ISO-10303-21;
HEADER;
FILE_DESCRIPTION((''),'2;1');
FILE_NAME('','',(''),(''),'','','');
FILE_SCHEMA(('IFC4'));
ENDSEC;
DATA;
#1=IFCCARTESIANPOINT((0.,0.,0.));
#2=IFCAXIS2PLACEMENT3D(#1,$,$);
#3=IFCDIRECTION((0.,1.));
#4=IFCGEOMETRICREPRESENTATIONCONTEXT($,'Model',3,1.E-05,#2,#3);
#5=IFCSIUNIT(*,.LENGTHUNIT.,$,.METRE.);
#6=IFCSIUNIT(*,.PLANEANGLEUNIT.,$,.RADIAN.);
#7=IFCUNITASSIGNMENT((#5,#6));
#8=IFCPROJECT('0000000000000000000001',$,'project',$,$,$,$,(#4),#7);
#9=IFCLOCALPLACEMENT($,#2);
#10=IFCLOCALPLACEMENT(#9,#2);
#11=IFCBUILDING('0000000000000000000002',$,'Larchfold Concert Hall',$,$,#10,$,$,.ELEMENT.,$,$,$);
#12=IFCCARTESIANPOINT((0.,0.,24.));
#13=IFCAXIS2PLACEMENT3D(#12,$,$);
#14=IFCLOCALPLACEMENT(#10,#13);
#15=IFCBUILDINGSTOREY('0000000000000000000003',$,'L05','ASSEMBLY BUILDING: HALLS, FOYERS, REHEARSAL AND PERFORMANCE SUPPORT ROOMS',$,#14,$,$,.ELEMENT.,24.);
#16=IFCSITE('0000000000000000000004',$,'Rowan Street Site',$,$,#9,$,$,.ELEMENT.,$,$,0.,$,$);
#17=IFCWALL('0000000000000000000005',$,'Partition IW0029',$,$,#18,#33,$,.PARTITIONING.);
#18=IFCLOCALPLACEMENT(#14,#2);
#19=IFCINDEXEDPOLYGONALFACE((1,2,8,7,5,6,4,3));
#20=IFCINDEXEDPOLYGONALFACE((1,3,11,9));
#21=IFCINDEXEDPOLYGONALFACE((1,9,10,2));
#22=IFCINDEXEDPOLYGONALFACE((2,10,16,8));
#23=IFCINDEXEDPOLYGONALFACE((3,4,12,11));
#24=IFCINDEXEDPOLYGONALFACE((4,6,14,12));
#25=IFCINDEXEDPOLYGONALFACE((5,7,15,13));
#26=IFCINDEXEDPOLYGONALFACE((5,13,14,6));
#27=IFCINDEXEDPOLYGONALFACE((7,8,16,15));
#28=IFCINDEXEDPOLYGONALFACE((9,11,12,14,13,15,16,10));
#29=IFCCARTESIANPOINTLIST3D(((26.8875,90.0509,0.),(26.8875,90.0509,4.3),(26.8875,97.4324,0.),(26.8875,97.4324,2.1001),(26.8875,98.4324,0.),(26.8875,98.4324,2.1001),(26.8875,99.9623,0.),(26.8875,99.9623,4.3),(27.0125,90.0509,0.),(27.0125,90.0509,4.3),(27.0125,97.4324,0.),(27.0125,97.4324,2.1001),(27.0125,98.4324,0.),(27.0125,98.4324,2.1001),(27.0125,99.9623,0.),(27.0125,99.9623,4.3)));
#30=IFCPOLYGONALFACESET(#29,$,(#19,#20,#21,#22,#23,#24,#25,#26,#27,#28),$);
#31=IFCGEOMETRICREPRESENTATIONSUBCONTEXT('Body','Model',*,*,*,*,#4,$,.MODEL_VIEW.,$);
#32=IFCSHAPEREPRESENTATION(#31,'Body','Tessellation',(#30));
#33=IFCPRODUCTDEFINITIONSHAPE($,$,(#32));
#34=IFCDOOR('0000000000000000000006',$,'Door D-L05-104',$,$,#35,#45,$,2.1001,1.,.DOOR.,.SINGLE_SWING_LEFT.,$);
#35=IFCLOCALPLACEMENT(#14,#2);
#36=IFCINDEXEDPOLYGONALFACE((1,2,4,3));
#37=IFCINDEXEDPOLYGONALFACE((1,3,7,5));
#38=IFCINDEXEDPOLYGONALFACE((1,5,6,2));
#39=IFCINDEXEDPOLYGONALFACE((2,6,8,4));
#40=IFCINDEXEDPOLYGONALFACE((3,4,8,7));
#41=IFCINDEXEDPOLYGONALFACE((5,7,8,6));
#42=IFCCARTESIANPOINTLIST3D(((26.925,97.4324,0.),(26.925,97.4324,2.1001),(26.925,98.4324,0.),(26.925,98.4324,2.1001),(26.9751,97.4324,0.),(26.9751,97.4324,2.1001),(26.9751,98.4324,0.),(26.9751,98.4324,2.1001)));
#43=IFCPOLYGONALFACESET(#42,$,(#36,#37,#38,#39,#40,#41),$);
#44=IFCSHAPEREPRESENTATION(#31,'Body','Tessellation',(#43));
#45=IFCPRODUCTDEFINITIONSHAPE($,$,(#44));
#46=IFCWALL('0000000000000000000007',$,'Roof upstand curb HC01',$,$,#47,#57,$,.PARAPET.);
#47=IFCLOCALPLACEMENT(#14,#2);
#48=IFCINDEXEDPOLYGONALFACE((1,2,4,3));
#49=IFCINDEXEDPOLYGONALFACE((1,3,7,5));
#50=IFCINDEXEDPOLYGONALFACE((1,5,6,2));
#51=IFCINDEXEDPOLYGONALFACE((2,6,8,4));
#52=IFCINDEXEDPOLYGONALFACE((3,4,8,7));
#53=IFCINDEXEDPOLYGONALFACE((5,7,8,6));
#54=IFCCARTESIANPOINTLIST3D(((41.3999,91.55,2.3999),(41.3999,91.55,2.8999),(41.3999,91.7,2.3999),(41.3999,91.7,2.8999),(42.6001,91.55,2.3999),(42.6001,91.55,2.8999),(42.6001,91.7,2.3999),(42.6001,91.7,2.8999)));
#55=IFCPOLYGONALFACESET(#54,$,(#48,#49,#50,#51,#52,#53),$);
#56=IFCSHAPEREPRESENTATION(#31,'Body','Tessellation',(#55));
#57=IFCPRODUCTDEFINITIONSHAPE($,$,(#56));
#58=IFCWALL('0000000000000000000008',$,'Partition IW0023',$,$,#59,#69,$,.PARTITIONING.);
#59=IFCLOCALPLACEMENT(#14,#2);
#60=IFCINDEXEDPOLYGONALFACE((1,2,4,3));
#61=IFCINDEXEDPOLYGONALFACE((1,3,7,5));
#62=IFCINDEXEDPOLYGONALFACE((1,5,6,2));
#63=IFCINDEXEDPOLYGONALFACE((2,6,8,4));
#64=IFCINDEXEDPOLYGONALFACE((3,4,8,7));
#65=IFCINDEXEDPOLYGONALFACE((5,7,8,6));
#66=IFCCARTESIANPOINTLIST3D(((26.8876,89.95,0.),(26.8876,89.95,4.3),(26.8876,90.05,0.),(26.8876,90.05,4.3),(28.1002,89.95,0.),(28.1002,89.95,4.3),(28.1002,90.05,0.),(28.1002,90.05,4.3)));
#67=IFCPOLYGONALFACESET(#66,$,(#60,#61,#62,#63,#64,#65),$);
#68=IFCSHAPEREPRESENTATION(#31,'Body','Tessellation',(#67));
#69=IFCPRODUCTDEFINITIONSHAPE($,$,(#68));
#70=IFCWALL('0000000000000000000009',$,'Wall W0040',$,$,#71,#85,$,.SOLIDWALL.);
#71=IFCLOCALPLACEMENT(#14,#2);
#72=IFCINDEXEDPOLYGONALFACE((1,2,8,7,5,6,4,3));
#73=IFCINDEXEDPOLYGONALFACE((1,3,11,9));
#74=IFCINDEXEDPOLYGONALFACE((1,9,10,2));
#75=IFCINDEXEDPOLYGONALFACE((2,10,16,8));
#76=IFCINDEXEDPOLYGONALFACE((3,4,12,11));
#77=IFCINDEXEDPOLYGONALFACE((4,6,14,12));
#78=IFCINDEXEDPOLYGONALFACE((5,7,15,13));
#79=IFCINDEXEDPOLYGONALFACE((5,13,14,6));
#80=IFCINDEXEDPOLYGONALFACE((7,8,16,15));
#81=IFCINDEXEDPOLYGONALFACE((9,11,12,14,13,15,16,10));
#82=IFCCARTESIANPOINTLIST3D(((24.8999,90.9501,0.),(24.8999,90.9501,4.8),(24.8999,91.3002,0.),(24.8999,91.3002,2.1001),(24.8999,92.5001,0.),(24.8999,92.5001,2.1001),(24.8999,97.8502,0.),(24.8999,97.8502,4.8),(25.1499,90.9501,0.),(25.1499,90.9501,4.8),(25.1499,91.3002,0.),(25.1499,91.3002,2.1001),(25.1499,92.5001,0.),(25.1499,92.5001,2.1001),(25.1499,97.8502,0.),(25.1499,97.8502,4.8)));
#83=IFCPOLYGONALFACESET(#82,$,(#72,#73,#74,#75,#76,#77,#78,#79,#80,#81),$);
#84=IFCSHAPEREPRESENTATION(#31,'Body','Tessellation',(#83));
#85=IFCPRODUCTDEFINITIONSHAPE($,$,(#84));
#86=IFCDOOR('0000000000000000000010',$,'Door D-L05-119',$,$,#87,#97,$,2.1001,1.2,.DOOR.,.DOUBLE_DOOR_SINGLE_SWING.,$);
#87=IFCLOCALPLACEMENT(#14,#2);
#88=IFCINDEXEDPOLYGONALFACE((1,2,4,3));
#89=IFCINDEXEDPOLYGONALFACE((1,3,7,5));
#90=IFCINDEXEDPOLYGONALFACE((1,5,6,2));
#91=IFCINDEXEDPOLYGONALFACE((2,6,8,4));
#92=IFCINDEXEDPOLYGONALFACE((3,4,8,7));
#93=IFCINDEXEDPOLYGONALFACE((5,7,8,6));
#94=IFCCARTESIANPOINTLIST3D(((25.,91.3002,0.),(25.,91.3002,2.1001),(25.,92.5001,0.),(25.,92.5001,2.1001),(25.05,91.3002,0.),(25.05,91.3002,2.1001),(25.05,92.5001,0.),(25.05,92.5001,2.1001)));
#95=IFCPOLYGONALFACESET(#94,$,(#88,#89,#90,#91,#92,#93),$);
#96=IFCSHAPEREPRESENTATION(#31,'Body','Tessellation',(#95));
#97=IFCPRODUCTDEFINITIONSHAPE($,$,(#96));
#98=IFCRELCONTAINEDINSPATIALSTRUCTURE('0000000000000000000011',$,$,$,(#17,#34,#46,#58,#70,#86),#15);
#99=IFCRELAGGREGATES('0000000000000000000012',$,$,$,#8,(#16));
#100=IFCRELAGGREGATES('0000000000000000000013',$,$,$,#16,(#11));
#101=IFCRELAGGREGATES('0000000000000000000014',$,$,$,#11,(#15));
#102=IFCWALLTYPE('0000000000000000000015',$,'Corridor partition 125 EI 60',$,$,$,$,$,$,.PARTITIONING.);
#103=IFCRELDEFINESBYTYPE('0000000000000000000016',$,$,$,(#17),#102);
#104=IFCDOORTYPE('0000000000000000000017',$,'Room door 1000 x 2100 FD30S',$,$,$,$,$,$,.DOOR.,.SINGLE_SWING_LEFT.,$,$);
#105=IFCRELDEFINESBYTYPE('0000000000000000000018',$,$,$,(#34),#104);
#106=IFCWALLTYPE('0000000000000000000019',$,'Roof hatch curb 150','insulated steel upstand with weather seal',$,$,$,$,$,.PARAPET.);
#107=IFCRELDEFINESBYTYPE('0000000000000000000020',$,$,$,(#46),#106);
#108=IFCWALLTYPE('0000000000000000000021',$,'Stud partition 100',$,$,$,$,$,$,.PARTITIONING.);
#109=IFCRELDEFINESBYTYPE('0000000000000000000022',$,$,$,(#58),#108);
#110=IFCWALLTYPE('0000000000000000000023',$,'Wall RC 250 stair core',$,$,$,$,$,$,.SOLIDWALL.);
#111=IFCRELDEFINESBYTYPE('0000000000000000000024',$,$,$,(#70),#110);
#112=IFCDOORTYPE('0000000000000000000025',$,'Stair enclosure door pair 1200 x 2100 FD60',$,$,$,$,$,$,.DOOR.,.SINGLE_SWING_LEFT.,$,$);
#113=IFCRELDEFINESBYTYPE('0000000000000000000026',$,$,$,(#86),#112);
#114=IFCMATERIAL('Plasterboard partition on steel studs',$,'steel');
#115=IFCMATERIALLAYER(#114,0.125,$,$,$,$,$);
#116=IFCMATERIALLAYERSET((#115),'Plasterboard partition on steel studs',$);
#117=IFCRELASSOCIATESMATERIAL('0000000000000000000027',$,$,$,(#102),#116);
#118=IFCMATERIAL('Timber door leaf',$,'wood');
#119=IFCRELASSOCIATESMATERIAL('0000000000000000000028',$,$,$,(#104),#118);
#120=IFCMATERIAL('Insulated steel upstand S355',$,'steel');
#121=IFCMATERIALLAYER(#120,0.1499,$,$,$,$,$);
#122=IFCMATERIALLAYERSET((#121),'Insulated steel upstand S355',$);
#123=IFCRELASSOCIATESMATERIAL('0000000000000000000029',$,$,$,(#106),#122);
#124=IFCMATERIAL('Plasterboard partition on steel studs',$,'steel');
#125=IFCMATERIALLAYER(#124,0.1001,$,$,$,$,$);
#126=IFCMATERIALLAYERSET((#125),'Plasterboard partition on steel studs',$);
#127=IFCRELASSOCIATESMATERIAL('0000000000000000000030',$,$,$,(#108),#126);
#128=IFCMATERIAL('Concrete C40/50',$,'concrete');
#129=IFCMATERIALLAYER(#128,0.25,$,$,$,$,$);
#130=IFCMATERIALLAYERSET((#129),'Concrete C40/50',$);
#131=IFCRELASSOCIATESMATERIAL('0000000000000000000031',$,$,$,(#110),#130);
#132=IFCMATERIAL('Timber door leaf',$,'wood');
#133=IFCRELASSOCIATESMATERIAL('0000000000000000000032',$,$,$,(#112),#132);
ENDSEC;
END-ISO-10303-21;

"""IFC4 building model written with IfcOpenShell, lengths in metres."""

from ifc_helpers import new_model, si_unit, direction, frame, frame_2d, origin, place, context, subcontext, project, spatial, rectangle, extrude, material, layer, layer_set, type_object, element, fill, save


model = new_model("IFC4")

# Units and contexts
model_context = context("Model", 3, precision=1e-05, world=origin(), true_north=direction((0.0, 1.0)))
body_context = subcontext(model_context, "Body", "Model", "MODEL_VIEW")
ifc_project = project(units=[si_unit("LENGTHUNIT", "METRE"), si_unit("PLANEANGLEUNIT", "RADIAN")], contexts=[model_context])

# Site, building, storey
site_placement = place(None, origin())
site = spatial("IfcSite", under=ifc_project, at=site_placement, Name="Rowan Street Site", CompositionType="ELEMENT", RefElevation=0.0)
building_placement = place(site_placement, origin())
building = spatial("IfcBuilding", under=site, at=building_placement, Name="Larchfold Concert Hall", CompositionType="ELEMENT")
storey_placement = place(building_placement, frame((0.0, 0.0, 24.0)))
storey = spatial("IfcBuildingStorey", under=building, at=storey_placement, Name="L05", Description="ASSEMBLY BUILDING: HALLS, FOYERS, REHEARSAL AND PERFORMANCE SUPPORT ROOMS", CompositionType="ELEMENT", Elevation=24.0)

# Shared definitions
ifc_material_1 = material(Name="Plasterboard partition on steel studs", Category="steel")
ifc_layer_1 = layer(ifc_material_1, 0.125)
ifc_layer_set_1 = layer_set([ifc_layer_1], Name="Plasterboard partition on steel studs")
wall_type_1 = type_object("IfcWallType", Name="Corridor partition 125 EI 60", PredefinedType="PARTITIONING", material=ifc_layer_set_1)

# Wall, opening, door
wall_1_placement = place(storey_placement, frame((26.95, 90.051, 0.0), z_axis=(0.0, 0.0, 1.0), x_axis=(0.0, 1.0, 0.0)))
wall_1 = element("IfcWall", 1, at=wall_1_placement, inside=storey, type_object=wall_type_1, Name="Partition IW0029", PredefinedType="PARTITIONING", context=body_context, shape_type="SweptSolid", body=[
    extrude(rectangle(XDim=9.9114, YDim=0.125, at=frame_2d((4.9556, 0.0))), origin(), (0.0, 0.0, 1.0), 4.3),
])
opening_1_placement = place(wall_1_placement, frame((7.3813, 0.0, 0.0)))
opening_1 = element("IfcOpeningElement", 2, at=opening_1_placement, cuts=wall_1, PredefinedType="OPENING", context=body_context, shape_type="SweptSolid", body=[
    extrude(rectangle(XDim=1.0, YDim=2.1001, at=frame_2d((0.5, 1.05))), frame((0.0, 0.0725, 0.0), z_axis=(0.0, -1.0, 0.0), x_axis=(1.0, 0.0, 0.0)), (0.0, 0.0, 1.0), 0.145),
])
ifc_material_2 = material(Name="Timber door leaf", Category="wood")
door_type_1 = type_object("IfcDoorType", Name="Room door 1000 x 2100 FD30S", OperationType="SINGLE_SWING_LEFT", PredefinedType="DOOR", material=ifc_material_2)
door_1_placement = place(opening_1_placement, origin())
door_1 = element("IfcDoor", 3, at=door_1_placement, inside=storey, type_object=door_type_1, Name="Door D-L05-104", OperationType="SINGLE_SWING_LEFT", OverallHeight=2.1001, OverallWidth=1.0, PredefinedType="DOOR", context=body_context, shape_type="SweptSolid", body=[
    extrude(rectangle(XDim=1.0, YDim=2.1001, at=frame_2d((0.5, 1.05))), frame((0.0, 0.0249, 0.0), z_axis=(0.0, -1.0, 0.0), x_axis=(1.0, 0.0, 0.0)), (0.0, 0.0, 1.0), 0.05),
])
fill(opening_1, door_1)

# Walls
ifc_material_3 = material(Name="Insulated steel upstand S355", Category="steel")
ifc_layer_2 = layer(ifc_material_3, 0.1499)
ifc_layer_set_2 = layer_set([ifc_layer_2], Name="Insulated steel upstand S355")
wall_type_2 = type_object("IfcWallType", Name="Roof hatch curb 150", Description="insulated steel upstand with weather seal", PredefinedType="PARAPET", material=ifc_layer_set_2)
wall_2_placement = place(storey_placement, frame((41.3999, 91.625, 2.3999), z_axis=(0.0, 0.0, 1.0), x_axis=(1.0, 0.0, 0.0)))
element("IfcWall", 4, at=wall_2_placement, inside=storey, type_object=wall_type_2, Name="Roof upstand curb HC01", PredefinedType="PARAPET", context=body_context, shape_type="SweptSolid", body=[
    extrude(rectangle(XDim=1.2002, YDim=0.1499, at=frame_2d((0.6001, 0.0))), origin(), (0.0, 0.0, 1.0), 0.5),
])
ifc_material_4 = material(Name="Plasterboard partition on steel studs", Category="steel")
ifc_layer_3 = layer(ifc_material_4, 0.1001)
ifc_layer_set_3 = layer_set([ifc_layer_3], Name="Plasterboard partition on steel studs")
wall_type_3 = type_object("IfcWallType", Name="Stud partition 100", PredefinedType="PARTITIONING", material=ifc_layer_set_3)
wall_3_placement = place(storey_placement, frame((26.8875, 90.0, 0.0), z_axis=(0.0, 0.0, 1.0), x_axis=(1.0, 0.0, 0.0)))
element("IfcWall", 5, at=wall_3_placement, inside=storey, type_object=wall_type_3, Name="Partition IW0023", PredefinedType="PARTITIONING", context=body_context, shape_type="SweptSolid", body=[
    extrude(rectangle(XDim=1.2126, YDim=0.1001, at=frame_2d((0.6064, 0.0))), origin(), (0.0, 0.0, 1.0), 4.3),
])

# Wall, opening, door
ifc_material_5 = material(Name="Concrete C40/50", Category="concrete")
ifc_layer_4 = layer(ifc_material_5, 0.25)
ifc_layer_set_4 = layer_set([ifc_layer_4], Name="Concrete C40/50")
wall_type_4 = type_object("IfcWallType", Name="Wall RC 250 stair core", PredefinedType="SOLIDWALL", material=ifc_layer_set_4)
wall_4_placement = place(storey_placement, frame((25.0249, 90.95, 0.0), z_axis=(0.0, 0.0, 1.0), x_axis=(0.0, 1.0, 0.0)))
wall_4 = element("IfcWall", 6, at=wall_4_placement, inside=storey, type_object=wall_type_4, Name="Wall W0040", PredefinedType="SOLIDWALL", context=body_context, shape_type="SweptSolid", body=[
    extrude(rectangle(XDim=6.9001, YDim=0.25, at=frame_2d((3.4502, 0.0))), origin(), (0.0, 0.0, 1.0), 4.8),
])
opening_2_placement = place(wall_4_placement, frame((0.3501, 0.0, 0.0)))
opening_2 = element("IfcOpeningElement", 7, at=opening_2_placement, cuts=wall_4, PredefinedType="OPENING", context=body_context, shape_type="SweptSolid", body=[
    extrude(rectangle(XDim=1.2, YDim=2.1001, at=frame_2d((0.6001, 1.05))), frame((0.0, 0.135, 0.0), z_axis=(0.0, -1.0, 0.0), x_axis=(1.0, 0.0, 0.0)), (0.0, 0.0, 1.0), 0.27),
])
ifc_material_6 = material(Name="Timber door leaf", Category="wood")
door_type_2 = type_object("IfcDoorType", Name="Stair enclosure door pair 1200 x 2100 FD60", OperationType="SINGLE_SWING_LEFT", PredefinedType="DOOR", material=ifc_material_6)
door_2_placement = place(opening_2_placement, origin())
door_2 = element("IfcDoor", 8, at=door_2_placement, inside=storey, type_object=door_type_2, Name="Door D-L05-119", OperationType="DOUBLE_DOOR_SINGLE_SWING", OverallHeight=2.1001, OverallWidth=1.2, PredefinedType="DOOR", context=body_context, shape_type="SweptSolid", body=[
    extrude(rectangle(XDim=1.2, YDim=2.1001, at=frame_2d((0.6001, 1.05))), frame((0.0, 0.0249, 0.0), z_axis=(0.0, -1.0, 0.0), x_axis=(1.0, 0.0, 0.0)), (0.0, 0.0, 1.0), 0.05),
])
fill(opening_2, door_2)

save(model, "model.ifc")
